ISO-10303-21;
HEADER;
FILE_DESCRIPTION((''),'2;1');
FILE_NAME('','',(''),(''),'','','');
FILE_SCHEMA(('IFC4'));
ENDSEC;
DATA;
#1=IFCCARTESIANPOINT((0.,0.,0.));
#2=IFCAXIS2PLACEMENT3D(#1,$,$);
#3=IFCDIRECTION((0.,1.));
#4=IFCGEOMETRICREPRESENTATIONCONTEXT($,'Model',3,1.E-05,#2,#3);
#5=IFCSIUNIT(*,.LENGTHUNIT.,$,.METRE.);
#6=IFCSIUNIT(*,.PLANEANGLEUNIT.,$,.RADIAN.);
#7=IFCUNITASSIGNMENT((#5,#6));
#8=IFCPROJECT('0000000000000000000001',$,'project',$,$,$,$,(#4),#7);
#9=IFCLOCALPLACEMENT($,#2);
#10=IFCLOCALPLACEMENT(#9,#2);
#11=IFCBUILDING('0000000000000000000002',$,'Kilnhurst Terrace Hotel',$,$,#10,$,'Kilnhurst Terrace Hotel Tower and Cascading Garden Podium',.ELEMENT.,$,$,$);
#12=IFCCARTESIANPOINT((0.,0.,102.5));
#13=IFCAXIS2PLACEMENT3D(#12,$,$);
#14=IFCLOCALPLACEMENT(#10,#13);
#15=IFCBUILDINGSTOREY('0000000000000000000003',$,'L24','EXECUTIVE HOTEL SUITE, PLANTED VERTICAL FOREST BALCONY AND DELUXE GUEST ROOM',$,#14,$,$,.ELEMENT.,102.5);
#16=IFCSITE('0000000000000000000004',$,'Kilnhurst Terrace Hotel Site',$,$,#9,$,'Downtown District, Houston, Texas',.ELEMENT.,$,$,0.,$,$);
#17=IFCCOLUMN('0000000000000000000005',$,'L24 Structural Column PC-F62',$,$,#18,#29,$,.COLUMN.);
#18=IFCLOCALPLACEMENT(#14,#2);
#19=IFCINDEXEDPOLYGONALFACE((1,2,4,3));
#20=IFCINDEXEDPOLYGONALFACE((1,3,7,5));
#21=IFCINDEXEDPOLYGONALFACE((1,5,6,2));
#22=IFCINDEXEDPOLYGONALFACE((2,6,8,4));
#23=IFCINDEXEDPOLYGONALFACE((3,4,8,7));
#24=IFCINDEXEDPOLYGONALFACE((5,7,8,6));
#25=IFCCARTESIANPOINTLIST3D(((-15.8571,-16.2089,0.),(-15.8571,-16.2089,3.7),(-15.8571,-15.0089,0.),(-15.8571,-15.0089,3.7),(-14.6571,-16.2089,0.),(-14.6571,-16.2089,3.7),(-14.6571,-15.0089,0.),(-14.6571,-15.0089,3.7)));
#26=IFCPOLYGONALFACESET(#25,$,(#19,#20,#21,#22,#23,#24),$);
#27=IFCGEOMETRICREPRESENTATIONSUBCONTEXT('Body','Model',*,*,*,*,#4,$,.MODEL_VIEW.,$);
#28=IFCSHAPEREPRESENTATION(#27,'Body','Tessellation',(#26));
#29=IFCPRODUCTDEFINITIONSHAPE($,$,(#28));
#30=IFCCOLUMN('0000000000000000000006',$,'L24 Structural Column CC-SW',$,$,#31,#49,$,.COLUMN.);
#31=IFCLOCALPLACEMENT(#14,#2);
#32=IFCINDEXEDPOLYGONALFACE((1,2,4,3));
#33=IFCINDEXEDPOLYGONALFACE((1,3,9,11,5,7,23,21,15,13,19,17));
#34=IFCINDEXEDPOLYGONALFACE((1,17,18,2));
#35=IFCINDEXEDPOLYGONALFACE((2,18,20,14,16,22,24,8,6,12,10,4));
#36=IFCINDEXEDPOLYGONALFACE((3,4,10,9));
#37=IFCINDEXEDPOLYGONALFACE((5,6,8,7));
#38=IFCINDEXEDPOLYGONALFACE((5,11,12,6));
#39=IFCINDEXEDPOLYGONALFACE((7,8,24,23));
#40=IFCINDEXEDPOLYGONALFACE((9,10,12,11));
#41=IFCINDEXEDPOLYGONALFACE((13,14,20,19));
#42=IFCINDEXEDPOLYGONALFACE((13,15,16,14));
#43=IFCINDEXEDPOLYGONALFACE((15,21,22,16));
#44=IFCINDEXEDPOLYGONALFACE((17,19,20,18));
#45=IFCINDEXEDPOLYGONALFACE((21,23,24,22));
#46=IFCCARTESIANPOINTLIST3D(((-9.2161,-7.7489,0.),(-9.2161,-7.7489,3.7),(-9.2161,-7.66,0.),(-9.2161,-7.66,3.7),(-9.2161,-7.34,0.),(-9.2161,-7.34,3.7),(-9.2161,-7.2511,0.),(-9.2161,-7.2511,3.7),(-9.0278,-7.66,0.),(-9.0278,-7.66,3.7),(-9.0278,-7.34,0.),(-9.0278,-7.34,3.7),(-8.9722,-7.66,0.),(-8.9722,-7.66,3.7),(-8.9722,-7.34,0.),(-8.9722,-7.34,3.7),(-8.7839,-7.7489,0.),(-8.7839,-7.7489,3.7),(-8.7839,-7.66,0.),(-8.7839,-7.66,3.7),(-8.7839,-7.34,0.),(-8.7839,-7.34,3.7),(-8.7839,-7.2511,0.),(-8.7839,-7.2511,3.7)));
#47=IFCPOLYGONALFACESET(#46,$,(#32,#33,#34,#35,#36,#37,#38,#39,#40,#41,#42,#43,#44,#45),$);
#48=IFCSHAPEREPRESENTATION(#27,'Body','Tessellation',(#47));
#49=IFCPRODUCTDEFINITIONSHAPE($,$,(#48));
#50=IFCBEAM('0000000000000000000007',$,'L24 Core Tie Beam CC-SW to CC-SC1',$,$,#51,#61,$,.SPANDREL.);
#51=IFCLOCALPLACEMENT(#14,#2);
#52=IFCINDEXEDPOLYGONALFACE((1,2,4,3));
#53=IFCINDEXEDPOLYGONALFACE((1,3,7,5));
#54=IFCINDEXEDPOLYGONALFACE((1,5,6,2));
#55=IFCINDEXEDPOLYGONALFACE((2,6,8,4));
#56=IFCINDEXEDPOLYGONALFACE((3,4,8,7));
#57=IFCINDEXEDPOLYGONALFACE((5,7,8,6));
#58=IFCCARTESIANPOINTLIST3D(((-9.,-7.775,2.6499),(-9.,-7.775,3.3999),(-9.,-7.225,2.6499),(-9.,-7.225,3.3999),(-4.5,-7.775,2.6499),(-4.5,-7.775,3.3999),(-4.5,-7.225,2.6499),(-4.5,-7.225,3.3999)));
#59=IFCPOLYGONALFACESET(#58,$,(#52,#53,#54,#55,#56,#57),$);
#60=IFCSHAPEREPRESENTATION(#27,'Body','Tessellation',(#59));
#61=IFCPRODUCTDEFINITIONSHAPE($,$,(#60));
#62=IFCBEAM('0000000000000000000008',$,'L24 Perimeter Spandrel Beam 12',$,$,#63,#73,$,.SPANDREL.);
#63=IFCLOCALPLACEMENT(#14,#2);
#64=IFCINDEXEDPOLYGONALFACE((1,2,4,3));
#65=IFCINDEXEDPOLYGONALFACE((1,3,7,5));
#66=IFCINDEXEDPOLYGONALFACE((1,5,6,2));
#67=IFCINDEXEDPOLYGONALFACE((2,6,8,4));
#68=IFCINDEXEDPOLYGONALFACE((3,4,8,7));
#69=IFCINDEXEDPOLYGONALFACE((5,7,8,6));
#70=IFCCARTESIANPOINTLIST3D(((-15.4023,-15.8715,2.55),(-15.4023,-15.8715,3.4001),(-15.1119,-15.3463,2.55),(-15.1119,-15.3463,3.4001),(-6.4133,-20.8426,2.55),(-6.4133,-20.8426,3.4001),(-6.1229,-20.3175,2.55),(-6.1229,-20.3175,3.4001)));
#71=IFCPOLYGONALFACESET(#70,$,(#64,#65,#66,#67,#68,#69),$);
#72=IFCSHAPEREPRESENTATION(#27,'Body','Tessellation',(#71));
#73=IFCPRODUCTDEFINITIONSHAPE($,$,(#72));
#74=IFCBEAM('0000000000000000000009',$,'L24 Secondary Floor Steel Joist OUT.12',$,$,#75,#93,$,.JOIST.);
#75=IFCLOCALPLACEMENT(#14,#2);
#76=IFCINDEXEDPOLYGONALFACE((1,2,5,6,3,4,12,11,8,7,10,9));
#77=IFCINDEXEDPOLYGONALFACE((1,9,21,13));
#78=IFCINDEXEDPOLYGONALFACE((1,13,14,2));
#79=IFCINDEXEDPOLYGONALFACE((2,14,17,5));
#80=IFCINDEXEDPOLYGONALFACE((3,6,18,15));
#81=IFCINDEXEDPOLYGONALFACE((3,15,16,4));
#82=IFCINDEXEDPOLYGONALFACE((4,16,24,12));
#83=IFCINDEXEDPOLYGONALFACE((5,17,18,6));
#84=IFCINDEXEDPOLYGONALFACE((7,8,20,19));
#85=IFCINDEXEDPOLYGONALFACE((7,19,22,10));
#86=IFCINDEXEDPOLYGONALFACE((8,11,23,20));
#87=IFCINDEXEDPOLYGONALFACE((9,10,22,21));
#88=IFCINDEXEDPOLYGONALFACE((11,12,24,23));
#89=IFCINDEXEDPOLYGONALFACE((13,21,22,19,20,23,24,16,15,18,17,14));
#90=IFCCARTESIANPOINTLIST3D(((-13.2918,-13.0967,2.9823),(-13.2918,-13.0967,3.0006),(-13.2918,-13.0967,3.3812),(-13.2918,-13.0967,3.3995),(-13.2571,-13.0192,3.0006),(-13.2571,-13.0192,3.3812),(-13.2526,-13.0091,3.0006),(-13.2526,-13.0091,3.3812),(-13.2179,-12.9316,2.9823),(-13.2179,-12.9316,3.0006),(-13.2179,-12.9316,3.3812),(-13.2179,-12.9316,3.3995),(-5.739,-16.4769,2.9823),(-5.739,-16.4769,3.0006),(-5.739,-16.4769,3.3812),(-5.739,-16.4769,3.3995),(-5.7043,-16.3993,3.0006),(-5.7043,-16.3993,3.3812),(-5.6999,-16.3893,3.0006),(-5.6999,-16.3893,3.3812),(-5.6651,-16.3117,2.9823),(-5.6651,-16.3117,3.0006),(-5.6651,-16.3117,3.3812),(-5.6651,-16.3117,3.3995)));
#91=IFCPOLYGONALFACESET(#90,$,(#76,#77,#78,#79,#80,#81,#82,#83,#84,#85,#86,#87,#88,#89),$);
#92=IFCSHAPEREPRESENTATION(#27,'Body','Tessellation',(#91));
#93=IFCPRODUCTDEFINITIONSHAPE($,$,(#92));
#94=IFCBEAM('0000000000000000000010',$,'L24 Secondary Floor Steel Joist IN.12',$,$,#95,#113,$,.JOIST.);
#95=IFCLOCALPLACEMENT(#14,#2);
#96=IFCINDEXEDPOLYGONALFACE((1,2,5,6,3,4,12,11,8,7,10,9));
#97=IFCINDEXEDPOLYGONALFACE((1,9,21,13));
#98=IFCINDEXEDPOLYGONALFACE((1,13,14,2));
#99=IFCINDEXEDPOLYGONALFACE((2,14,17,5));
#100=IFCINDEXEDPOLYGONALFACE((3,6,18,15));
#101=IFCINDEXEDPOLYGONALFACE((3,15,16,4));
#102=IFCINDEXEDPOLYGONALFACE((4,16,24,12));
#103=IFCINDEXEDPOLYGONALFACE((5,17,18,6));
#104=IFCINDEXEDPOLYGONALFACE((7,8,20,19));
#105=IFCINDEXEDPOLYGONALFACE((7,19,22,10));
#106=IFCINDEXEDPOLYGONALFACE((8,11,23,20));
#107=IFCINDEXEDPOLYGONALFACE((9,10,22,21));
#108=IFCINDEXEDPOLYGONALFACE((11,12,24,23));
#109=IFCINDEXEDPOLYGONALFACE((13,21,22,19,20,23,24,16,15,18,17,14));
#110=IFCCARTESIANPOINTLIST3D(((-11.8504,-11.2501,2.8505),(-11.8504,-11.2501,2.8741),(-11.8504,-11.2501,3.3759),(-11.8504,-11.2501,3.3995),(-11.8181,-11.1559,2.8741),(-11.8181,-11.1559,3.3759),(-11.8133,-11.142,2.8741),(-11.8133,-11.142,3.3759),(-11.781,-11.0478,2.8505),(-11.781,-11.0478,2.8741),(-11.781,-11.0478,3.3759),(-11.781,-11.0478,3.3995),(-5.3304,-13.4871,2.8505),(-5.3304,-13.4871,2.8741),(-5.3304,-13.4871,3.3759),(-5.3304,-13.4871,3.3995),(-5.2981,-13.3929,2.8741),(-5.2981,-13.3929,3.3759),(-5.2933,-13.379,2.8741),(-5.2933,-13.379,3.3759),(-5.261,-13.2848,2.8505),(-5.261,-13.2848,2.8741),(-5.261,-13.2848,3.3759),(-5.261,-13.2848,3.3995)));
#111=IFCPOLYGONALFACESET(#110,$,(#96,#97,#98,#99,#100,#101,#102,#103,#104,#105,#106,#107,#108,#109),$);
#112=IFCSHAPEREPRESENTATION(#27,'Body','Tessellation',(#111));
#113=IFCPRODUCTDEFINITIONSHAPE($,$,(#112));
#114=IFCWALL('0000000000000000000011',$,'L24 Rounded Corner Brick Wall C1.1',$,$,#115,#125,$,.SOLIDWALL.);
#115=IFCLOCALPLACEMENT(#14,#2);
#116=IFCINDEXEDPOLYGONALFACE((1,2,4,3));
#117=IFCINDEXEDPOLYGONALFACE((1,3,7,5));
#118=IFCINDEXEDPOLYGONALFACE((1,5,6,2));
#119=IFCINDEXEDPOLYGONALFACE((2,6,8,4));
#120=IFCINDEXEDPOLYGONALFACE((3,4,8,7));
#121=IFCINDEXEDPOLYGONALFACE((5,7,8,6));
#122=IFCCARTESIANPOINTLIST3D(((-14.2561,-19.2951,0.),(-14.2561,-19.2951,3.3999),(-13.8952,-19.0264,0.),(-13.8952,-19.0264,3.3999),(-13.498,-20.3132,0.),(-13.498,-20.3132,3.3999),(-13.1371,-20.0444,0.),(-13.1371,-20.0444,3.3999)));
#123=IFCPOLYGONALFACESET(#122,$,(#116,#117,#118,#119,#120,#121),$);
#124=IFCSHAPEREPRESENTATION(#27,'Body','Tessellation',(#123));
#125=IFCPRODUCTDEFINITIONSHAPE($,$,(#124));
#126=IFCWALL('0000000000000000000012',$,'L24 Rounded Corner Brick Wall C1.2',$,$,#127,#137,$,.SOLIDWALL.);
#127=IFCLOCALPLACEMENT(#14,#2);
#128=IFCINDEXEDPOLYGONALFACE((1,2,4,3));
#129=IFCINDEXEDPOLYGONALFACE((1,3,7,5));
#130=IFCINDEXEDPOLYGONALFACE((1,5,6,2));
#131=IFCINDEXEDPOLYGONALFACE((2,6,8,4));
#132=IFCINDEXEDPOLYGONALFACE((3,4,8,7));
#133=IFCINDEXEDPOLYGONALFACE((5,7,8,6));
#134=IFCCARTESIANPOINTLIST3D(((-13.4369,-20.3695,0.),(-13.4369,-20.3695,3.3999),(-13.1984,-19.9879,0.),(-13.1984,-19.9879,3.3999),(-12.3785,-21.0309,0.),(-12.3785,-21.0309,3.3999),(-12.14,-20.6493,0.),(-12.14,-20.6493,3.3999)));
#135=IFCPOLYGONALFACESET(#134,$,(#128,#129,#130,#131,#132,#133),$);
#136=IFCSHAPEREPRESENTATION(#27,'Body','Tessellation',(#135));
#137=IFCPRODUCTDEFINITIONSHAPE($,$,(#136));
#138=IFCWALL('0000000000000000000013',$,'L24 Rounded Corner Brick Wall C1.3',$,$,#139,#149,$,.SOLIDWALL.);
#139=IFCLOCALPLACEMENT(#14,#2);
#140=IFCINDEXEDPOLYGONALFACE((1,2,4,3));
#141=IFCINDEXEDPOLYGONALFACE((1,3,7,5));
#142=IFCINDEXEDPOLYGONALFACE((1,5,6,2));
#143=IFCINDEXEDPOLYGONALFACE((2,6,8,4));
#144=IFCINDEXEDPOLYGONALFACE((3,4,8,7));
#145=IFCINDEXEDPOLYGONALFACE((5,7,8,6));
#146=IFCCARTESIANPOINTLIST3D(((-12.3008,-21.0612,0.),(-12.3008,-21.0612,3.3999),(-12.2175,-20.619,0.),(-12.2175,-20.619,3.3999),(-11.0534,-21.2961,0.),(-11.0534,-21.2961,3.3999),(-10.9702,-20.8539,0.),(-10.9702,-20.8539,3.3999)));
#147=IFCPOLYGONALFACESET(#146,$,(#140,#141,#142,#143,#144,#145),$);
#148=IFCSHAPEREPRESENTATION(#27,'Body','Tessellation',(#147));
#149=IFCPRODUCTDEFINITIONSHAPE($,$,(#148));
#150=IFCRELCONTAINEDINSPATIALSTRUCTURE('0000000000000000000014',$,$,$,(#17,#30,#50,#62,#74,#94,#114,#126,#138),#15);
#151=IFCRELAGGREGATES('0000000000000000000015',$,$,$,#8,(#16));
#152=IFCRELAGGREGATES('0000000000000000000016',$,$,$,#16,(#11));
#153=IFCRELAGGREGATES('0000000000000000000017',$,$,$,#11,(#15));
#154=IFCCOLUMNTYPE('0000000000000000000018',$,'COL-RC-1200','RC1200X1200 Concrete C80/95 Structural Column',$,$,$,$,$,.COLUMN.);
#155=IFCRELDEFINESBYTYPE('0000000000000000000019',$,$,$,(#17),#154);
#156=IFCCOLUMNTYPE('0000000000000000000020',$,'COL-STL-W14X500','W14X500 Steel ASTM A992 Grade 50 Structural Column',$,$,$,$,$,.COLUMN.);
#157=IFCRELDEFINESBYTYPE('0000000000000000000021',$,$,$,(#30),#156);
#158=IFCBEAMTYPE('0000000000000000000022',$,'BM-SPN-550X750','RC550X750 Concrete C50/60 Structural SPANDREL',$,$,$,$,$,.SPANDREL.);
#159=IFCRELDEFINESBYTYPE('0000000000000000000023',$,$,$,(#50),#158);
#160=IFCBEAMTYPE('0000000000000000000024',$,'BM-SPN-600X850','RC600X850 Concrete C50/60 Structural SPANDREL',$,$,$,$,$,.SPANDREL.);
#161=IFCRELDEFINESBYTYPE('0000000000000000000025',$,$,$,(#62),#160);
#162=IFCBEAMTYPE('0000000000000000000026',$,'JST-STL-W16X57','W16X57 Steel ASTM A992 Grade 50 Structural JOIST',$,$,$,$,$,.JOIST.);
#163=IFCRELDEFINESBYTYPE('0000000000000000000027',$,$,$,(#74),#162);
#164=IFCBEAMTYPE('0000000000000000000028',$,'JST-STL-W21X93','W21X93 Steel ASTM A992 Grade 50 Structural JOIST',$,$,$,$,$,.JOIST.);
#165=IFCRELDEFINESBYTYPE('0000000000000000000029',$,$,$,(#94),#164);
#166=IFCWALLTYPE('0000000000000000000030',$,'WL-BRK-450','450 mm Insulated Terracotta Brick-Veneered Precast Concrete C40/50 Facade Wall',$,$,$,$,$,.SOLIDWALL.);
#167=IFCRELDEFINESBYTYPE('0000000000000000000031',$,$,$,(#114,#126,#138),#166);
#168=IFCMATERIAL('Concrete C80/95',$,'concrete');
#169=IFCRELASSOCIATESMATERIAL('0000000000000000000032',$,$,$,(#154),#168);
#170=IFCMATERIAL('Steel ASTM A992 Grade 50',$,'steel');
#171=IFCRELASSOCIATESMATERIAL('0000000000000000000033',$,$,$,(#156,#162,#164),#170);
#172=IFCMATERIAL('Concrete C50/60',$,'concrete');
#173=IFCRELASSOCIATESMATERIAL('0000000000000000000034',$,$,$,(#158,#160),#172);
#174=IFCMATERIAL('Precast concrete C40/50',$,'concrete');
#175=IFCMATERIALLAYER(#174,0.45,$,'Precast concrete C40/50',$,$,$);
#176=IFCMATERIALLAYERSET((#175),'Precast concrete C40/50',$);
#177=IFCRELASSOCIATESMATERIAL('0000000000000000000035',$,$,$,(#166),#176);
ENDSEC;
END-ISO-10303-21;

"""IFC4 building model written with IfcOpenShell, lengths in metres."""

from ifc_helpers import new_model, si_unit, direction, frame, frame_2d, origin, origin_2d, place, context, subcontext, project, spatial, rectangle, i_section, extrude, material, layer, layer_set, material_profile, profile_set, type_object, element, save


model = new_model("IFC4")

# Units and contexts
model_context = context("Model", 3, precision=1e-05, world=origin(), true_north=direction((0.0, 1.0)))
body_context = subcontext(model_context, "Body", "Model", "MODEL_VIEW")
ifc_project = project(units=[si_unit("LENGTHUNIT", "METRE"), si_unit("PLANEANGLEUNIT", "RADIAN")], contexts=[model_context])

# Site, building, storey
site_placement = place(None, origin())
site = spatial("IfcSite", under=ifc_project, at=site_placement, Name="Kilnhurst Terrace Hotel Site", LongName="Downtown District, Houston, Texas", CompositionType="ELEMENT", RefElevation=0.0)
building_placement = place(site_placement, origin())
building = spatial("IfcBuilding", under=site, at=building_placement, Name="Kilnhurst Terrace Hotel", LongName="Kilnhurst Terrace Hotel Tower and Cascading Garden Podium", CompositionType="ELEMENT")
storey_placement = place(building_placement, frame((0.0, 0.0, 102.5)))
storey = spatial("IfcBuildingStorey", under=building, at=storey_placement, Name="L24", Description="EXECUTIVE HOTEL SUITE, PLANTED VERTICAL FOREST BALCONY AND DELUXE GUEST ROOM", CompositionType="ELEMENT", Elevation=102.5)

# Columns
ifc_material_1 = material(Name="Concrete C80/95", Category="concrete")
ifc_material_profile_1 = material_profile(ifc_material_1, rectangle(XDim=1.2, YDim=1.2, at=origin_2d()), Name="RC1200X1200")
ifc_profile_set_1 = profile_set([ifc_material_profile_1], Name="Concrete C80/95")
column_type_1 = type_object("IfcColumnType", Name="COL-RC-1200", Description="RC1200X1200 Concrete C80/95 Structural Column", PredefinedType="COLUMN", material=ifc_profile_set_1)
column_1_placement = place(storey_placement, frame((-15.2571, -15.6089, 0.0), z_axis=(0.0, 0.0, 1.0), x_axis=(1.0, 0.0, 0.0)))
element("IfcColumn", 1, at=column_1_placement, inside=storey, type_object=column_type_1, Name="L24 Structural Column PC-F62", PredefinedType="COLUMN", context=body_context, shape_type="SweptSolid", body=[
    extrude(rectangle(XDim=1.2, YDim=1.2, at=origin_2d()), origin(), (0.0, 0.0, 1.0), 3.7),
])
ifc_material_2 = material(Name="Steel ASTM A992 Grade 50", Category="steel")
ifc_material_profile_2 = material_profile(ifc_material_2, i_section(OverallWidth=0.4321, OverallDepth=0.4978, WebThickness=0.0557, FlangeThickness=0.0889, at=origin_2d()), Name="W14X500")
ifc_profile_set_2 = profile_set([ifc_material_profile_2], Name="Steel ASTM A992 Grade 50")
column_type_2 = type_object("IfcColumnType", Name="COL-STL-W14X500", Description="W14X500 Steel ASTM A992 Grade 50 Structural Column", PredefinedType="COLUMN", material=ifc_profile_set_2)
column_2_placement = place(storey_placement, frame((-9.0, -7.5, 0.0), z_axis=(0.0, 0.0, 1.0), x_axis=(1.0, 0.0, 0.0)))
element("IfcColumn", 2, at=column_2_placement, inside=storey, type_object=column_type_2, Name="L24 Structural Column CC-SW", PredefinedType="COLUMN", context=body_context, shape_type="SweptSolid", body=[
    extrude(i_section(OverallWidth=0.4321, OverallDepth=0.4978, WebThickness=0.0557, FlangeThickness=0.0889, at=origin_2d()), origin(), (0.0, 0.0, 1.0), 3.7),
])

# Beams
ifc_material_3 = material(Name="Concrete C50/60", Category="concrete")
ifc_material_profile_3 = material_profile(ifc_material_3, rectangle(XDim=0.55, YDim=0.75, at=origin_2d()), Name="RC550X750")
ifc_profile_set_3 = profile_set([ifc_material_profile_3], Name="Concrete C50/60")
beam_type_1 = type_object("IfcBeamType", Name="BM-SPN-550X750", Description="RC550X750 Concrete C50/60 Structural SPANDREL", PredefinedType="SPANDREL", material=ifc_profile_set_3)
beam_1_placement = place(storey_placement, frame((-9.0, -7.5, 3.0249), z_axis=(1.0, 0.0, 0.0), x_axis=(0.0, 1.0, 0.0)))
element("IfcBeam", 3, at=beam_1_placement, inside=storey, type_object=beam_type_1, Name="L24 Core Tie Beam CC-SW to CC-SC1", PredefinedType="SPANDREL", context=body_context, shape_type="SweptSolid", body=[
    extrude(rectangle(XDim=0.55, YDim=0.75, at=origin_2d()), origin(), (0.0, 0.0, 1.0), 4.5),
])
ifc_material_profile_4 = material_profile(ifc_material_3, rectangle(XDim=0.6001, YDim=0.8501, at=origin_2d()), Name="RC600X850")
ifc_profile_set_4 = profile_set([ifc_material_profile_4], Name="Concrete C50/60")
beam_type_2 = type_object("IfcBeamType", Name="BM-SPN-600X850", Description="RC600X850 Concrete C50/60 Structural SPANDREL", PredefinedType="SPANDREL", material=ifc_profile_set_4)
beam_2_placement = place(storey_placement, frame((-15.2571, -15.6089, 2.9751), z_axis=(0.875094, -0.483953, 0.0), x_axis=(0.483953, 0.875094, 0.0)))
element("IfcBeam", 4, at=beam_2_placement, inside=storey, type_object=beam_type_2, Name="L24 Perimeter Spandrel Beam 12", PredefinedType="SPANDREL", context=body_context, shape_type="SweptSolid", body=[
    extrude(rectangle(XDim=0.6001, YDim=0.8501, at=origin_2d()), origin(), (0.0, 0.0, 1.0), 10.272),
])
ifc_material_profile_5 = material_profile(ifc_material_2, i_section(OverallWidth=0.1809, OverallDepth=0.4172, WebThickness=0.011, FlangeThickness=0.0183, at=origin_2d()), Name="W16X57")
ifc_profile_set_5 = profile_set([ifc_material_profile_5], Name="Steel ASTM A992 Grade 50")
beam_type_3 = type_object("IfcBeamType", Name="JST-STL-W16X57", Description="W16X57 Steel ASTM A992 Grade 50 Structural JOIST", PredefinedType="JOIST", material=ifc_profile_set_5)
beam_3_placement = place(storey_placement, frame((-13.2549, -13.0142, 3.1909), z_axis=(0.912761, -0.408494, 0.0), x_axis=(0.408494, 0.912761, 0.0)))
element("IfcBeam", 5, at=beam_3_placement, inside=storey, type_object=beam_type_3, Name="L24 Secondary Floor Steel Joist OUT.12", PredefinedType="JOIST", context=body_context, shape_type="SweptSolid", body=[
    extrude(i_section(OverallWidth=0.1809, OverallDepth=0.4172, WebThickness=0.011, FlangeThickness=0.0183, at=origin_2d()), origin(), (0.0, 0.0, 1.0), 8.2747),
])
ifc_material_profile_6 = material_profile(ifc_material_2, i_section(OverallWidth=0.2139, OverallDepth=0.5491, WebThickness=0.0146, FlangeThickness=0.0237, at=origin_2d()), Name="W21X93")
ifc_profile_set_6 = profile_set([ifc_material_profile_6], Name="Steel ASTM A992 Grade 50")
beam_type_4 = type_object("IfcBeamType", Name="JST-STL-W21X93", Description="W21X93 Steel ASTM A992 Grade 50 Structural JOIST", PredefinedType="JOIST", material=ifc_profile_set_6)
beam_4_placement = place(storey_placement, frame((-11.8157, -11.1489, 3.125), z_axis=(0.945874, -0.324535, 0.0), x_axis=(0.324535, 0.945874, 0.0)))
element("IfcBeam", 6, at=beam_4_placement, inside=storey, type_object=beam_type_4, Name="L24 Secondary Floor Steel Joist IN.12", PredefinedType="JOIST", context=body_context, shape_type="SweptSolid", body=[
    extrude(i_section(OverallWidth=0.2139, OverallDepth=0.5491, WebThickness=0.0146, FlangeThickness=0.0237, at=origin_2d()), origin(), (0.0, 0.0, 1.0), 6.8931),
])

# Walls
ifc_material_4 = material(Name="Precast concrete C40/50", Category="concrete")
ifc_layer_1 = layer(ifc_material_4, 0.45, Name="Precast concrete C40/50")
ifc_layer_set_1 = layer_set([ifc_layer_1], Name="Precast concrete C40/50")
wall_type_1 = type_object("IfcWallType", Name="WL-BRK-450", Description="450 mm Insulated Terracotta Brick-Veneered Precast Concrete C40/50 Facade Wall", PredefinedType="SOLIDWALL", material=ifc_layer_set_1)
wall_1_placement = place(storey_placement, frame((-14.0757, -19.1606, 0.0), z_axis=(0.0, 0.0, 1.0), x_axis=(0.597227, -0.802073, 0.0)))
element("IfcWall", 7, at=wall_1_placement, inside=storey, type_object=wall_type_1, Name="L24 Rounded Corner Brick Wall C1.1", PredefinedType="SOLIDWALL", context=body_context, shape_type="SweptSolid", body=[
    extrude(rectangle(XDim=1.2693, YDim=0.45, at=frame_2d((0.6348, 0.0))), origin(), (0.0, 0.0, 1.0), 3.3999),
])
wall_2_placement = place(storey_placement, frame((-13.3176, -20.1787, 0.0), z_axis=(0.0, 0.0, 1.0), x_axis=(0.848031, -0.529946, 0.0)))
element("IfcWall", 8, at=wall_2_placement, inside=storey, type_object=wall_type_1, Name="L24 Rounded Corner Brick Wall C1.2", PredefinedType="SOLIDWALL", context=body_context, shape_type="SweptSolid", body=[
    extrude(rectangle(XDim=1.248, YDim=0.45, at=frame_2d((0.624, 0.0))), origin(), (0.0, 0.0, 1.0), 3.3999),
])
wall_3_placement = place(storey_placement, frame((-12.2593, -20.8401, 0.0), z_axis=(0.0, 0.0, 1.0), x_axis=(0.98273, -0.185043, 0.0)))
element("IfcWall", 9, at=wall_3_placement, inside=storey, type_object=wall_type_1, Name="L24 Rounded Corner Brick Wall C1.3", PredefinedType="SOLIDWALL", context=body_context, shape_type="SweptSolid", body=[
    extrude(rectangle(XDim=1.2693, YDim=0.45, at=frame_2d((0.6348, 0.0))), origin(), (0.0, 0.0, 1.0), 3.3999),
])

save(model, "model.ifc")
